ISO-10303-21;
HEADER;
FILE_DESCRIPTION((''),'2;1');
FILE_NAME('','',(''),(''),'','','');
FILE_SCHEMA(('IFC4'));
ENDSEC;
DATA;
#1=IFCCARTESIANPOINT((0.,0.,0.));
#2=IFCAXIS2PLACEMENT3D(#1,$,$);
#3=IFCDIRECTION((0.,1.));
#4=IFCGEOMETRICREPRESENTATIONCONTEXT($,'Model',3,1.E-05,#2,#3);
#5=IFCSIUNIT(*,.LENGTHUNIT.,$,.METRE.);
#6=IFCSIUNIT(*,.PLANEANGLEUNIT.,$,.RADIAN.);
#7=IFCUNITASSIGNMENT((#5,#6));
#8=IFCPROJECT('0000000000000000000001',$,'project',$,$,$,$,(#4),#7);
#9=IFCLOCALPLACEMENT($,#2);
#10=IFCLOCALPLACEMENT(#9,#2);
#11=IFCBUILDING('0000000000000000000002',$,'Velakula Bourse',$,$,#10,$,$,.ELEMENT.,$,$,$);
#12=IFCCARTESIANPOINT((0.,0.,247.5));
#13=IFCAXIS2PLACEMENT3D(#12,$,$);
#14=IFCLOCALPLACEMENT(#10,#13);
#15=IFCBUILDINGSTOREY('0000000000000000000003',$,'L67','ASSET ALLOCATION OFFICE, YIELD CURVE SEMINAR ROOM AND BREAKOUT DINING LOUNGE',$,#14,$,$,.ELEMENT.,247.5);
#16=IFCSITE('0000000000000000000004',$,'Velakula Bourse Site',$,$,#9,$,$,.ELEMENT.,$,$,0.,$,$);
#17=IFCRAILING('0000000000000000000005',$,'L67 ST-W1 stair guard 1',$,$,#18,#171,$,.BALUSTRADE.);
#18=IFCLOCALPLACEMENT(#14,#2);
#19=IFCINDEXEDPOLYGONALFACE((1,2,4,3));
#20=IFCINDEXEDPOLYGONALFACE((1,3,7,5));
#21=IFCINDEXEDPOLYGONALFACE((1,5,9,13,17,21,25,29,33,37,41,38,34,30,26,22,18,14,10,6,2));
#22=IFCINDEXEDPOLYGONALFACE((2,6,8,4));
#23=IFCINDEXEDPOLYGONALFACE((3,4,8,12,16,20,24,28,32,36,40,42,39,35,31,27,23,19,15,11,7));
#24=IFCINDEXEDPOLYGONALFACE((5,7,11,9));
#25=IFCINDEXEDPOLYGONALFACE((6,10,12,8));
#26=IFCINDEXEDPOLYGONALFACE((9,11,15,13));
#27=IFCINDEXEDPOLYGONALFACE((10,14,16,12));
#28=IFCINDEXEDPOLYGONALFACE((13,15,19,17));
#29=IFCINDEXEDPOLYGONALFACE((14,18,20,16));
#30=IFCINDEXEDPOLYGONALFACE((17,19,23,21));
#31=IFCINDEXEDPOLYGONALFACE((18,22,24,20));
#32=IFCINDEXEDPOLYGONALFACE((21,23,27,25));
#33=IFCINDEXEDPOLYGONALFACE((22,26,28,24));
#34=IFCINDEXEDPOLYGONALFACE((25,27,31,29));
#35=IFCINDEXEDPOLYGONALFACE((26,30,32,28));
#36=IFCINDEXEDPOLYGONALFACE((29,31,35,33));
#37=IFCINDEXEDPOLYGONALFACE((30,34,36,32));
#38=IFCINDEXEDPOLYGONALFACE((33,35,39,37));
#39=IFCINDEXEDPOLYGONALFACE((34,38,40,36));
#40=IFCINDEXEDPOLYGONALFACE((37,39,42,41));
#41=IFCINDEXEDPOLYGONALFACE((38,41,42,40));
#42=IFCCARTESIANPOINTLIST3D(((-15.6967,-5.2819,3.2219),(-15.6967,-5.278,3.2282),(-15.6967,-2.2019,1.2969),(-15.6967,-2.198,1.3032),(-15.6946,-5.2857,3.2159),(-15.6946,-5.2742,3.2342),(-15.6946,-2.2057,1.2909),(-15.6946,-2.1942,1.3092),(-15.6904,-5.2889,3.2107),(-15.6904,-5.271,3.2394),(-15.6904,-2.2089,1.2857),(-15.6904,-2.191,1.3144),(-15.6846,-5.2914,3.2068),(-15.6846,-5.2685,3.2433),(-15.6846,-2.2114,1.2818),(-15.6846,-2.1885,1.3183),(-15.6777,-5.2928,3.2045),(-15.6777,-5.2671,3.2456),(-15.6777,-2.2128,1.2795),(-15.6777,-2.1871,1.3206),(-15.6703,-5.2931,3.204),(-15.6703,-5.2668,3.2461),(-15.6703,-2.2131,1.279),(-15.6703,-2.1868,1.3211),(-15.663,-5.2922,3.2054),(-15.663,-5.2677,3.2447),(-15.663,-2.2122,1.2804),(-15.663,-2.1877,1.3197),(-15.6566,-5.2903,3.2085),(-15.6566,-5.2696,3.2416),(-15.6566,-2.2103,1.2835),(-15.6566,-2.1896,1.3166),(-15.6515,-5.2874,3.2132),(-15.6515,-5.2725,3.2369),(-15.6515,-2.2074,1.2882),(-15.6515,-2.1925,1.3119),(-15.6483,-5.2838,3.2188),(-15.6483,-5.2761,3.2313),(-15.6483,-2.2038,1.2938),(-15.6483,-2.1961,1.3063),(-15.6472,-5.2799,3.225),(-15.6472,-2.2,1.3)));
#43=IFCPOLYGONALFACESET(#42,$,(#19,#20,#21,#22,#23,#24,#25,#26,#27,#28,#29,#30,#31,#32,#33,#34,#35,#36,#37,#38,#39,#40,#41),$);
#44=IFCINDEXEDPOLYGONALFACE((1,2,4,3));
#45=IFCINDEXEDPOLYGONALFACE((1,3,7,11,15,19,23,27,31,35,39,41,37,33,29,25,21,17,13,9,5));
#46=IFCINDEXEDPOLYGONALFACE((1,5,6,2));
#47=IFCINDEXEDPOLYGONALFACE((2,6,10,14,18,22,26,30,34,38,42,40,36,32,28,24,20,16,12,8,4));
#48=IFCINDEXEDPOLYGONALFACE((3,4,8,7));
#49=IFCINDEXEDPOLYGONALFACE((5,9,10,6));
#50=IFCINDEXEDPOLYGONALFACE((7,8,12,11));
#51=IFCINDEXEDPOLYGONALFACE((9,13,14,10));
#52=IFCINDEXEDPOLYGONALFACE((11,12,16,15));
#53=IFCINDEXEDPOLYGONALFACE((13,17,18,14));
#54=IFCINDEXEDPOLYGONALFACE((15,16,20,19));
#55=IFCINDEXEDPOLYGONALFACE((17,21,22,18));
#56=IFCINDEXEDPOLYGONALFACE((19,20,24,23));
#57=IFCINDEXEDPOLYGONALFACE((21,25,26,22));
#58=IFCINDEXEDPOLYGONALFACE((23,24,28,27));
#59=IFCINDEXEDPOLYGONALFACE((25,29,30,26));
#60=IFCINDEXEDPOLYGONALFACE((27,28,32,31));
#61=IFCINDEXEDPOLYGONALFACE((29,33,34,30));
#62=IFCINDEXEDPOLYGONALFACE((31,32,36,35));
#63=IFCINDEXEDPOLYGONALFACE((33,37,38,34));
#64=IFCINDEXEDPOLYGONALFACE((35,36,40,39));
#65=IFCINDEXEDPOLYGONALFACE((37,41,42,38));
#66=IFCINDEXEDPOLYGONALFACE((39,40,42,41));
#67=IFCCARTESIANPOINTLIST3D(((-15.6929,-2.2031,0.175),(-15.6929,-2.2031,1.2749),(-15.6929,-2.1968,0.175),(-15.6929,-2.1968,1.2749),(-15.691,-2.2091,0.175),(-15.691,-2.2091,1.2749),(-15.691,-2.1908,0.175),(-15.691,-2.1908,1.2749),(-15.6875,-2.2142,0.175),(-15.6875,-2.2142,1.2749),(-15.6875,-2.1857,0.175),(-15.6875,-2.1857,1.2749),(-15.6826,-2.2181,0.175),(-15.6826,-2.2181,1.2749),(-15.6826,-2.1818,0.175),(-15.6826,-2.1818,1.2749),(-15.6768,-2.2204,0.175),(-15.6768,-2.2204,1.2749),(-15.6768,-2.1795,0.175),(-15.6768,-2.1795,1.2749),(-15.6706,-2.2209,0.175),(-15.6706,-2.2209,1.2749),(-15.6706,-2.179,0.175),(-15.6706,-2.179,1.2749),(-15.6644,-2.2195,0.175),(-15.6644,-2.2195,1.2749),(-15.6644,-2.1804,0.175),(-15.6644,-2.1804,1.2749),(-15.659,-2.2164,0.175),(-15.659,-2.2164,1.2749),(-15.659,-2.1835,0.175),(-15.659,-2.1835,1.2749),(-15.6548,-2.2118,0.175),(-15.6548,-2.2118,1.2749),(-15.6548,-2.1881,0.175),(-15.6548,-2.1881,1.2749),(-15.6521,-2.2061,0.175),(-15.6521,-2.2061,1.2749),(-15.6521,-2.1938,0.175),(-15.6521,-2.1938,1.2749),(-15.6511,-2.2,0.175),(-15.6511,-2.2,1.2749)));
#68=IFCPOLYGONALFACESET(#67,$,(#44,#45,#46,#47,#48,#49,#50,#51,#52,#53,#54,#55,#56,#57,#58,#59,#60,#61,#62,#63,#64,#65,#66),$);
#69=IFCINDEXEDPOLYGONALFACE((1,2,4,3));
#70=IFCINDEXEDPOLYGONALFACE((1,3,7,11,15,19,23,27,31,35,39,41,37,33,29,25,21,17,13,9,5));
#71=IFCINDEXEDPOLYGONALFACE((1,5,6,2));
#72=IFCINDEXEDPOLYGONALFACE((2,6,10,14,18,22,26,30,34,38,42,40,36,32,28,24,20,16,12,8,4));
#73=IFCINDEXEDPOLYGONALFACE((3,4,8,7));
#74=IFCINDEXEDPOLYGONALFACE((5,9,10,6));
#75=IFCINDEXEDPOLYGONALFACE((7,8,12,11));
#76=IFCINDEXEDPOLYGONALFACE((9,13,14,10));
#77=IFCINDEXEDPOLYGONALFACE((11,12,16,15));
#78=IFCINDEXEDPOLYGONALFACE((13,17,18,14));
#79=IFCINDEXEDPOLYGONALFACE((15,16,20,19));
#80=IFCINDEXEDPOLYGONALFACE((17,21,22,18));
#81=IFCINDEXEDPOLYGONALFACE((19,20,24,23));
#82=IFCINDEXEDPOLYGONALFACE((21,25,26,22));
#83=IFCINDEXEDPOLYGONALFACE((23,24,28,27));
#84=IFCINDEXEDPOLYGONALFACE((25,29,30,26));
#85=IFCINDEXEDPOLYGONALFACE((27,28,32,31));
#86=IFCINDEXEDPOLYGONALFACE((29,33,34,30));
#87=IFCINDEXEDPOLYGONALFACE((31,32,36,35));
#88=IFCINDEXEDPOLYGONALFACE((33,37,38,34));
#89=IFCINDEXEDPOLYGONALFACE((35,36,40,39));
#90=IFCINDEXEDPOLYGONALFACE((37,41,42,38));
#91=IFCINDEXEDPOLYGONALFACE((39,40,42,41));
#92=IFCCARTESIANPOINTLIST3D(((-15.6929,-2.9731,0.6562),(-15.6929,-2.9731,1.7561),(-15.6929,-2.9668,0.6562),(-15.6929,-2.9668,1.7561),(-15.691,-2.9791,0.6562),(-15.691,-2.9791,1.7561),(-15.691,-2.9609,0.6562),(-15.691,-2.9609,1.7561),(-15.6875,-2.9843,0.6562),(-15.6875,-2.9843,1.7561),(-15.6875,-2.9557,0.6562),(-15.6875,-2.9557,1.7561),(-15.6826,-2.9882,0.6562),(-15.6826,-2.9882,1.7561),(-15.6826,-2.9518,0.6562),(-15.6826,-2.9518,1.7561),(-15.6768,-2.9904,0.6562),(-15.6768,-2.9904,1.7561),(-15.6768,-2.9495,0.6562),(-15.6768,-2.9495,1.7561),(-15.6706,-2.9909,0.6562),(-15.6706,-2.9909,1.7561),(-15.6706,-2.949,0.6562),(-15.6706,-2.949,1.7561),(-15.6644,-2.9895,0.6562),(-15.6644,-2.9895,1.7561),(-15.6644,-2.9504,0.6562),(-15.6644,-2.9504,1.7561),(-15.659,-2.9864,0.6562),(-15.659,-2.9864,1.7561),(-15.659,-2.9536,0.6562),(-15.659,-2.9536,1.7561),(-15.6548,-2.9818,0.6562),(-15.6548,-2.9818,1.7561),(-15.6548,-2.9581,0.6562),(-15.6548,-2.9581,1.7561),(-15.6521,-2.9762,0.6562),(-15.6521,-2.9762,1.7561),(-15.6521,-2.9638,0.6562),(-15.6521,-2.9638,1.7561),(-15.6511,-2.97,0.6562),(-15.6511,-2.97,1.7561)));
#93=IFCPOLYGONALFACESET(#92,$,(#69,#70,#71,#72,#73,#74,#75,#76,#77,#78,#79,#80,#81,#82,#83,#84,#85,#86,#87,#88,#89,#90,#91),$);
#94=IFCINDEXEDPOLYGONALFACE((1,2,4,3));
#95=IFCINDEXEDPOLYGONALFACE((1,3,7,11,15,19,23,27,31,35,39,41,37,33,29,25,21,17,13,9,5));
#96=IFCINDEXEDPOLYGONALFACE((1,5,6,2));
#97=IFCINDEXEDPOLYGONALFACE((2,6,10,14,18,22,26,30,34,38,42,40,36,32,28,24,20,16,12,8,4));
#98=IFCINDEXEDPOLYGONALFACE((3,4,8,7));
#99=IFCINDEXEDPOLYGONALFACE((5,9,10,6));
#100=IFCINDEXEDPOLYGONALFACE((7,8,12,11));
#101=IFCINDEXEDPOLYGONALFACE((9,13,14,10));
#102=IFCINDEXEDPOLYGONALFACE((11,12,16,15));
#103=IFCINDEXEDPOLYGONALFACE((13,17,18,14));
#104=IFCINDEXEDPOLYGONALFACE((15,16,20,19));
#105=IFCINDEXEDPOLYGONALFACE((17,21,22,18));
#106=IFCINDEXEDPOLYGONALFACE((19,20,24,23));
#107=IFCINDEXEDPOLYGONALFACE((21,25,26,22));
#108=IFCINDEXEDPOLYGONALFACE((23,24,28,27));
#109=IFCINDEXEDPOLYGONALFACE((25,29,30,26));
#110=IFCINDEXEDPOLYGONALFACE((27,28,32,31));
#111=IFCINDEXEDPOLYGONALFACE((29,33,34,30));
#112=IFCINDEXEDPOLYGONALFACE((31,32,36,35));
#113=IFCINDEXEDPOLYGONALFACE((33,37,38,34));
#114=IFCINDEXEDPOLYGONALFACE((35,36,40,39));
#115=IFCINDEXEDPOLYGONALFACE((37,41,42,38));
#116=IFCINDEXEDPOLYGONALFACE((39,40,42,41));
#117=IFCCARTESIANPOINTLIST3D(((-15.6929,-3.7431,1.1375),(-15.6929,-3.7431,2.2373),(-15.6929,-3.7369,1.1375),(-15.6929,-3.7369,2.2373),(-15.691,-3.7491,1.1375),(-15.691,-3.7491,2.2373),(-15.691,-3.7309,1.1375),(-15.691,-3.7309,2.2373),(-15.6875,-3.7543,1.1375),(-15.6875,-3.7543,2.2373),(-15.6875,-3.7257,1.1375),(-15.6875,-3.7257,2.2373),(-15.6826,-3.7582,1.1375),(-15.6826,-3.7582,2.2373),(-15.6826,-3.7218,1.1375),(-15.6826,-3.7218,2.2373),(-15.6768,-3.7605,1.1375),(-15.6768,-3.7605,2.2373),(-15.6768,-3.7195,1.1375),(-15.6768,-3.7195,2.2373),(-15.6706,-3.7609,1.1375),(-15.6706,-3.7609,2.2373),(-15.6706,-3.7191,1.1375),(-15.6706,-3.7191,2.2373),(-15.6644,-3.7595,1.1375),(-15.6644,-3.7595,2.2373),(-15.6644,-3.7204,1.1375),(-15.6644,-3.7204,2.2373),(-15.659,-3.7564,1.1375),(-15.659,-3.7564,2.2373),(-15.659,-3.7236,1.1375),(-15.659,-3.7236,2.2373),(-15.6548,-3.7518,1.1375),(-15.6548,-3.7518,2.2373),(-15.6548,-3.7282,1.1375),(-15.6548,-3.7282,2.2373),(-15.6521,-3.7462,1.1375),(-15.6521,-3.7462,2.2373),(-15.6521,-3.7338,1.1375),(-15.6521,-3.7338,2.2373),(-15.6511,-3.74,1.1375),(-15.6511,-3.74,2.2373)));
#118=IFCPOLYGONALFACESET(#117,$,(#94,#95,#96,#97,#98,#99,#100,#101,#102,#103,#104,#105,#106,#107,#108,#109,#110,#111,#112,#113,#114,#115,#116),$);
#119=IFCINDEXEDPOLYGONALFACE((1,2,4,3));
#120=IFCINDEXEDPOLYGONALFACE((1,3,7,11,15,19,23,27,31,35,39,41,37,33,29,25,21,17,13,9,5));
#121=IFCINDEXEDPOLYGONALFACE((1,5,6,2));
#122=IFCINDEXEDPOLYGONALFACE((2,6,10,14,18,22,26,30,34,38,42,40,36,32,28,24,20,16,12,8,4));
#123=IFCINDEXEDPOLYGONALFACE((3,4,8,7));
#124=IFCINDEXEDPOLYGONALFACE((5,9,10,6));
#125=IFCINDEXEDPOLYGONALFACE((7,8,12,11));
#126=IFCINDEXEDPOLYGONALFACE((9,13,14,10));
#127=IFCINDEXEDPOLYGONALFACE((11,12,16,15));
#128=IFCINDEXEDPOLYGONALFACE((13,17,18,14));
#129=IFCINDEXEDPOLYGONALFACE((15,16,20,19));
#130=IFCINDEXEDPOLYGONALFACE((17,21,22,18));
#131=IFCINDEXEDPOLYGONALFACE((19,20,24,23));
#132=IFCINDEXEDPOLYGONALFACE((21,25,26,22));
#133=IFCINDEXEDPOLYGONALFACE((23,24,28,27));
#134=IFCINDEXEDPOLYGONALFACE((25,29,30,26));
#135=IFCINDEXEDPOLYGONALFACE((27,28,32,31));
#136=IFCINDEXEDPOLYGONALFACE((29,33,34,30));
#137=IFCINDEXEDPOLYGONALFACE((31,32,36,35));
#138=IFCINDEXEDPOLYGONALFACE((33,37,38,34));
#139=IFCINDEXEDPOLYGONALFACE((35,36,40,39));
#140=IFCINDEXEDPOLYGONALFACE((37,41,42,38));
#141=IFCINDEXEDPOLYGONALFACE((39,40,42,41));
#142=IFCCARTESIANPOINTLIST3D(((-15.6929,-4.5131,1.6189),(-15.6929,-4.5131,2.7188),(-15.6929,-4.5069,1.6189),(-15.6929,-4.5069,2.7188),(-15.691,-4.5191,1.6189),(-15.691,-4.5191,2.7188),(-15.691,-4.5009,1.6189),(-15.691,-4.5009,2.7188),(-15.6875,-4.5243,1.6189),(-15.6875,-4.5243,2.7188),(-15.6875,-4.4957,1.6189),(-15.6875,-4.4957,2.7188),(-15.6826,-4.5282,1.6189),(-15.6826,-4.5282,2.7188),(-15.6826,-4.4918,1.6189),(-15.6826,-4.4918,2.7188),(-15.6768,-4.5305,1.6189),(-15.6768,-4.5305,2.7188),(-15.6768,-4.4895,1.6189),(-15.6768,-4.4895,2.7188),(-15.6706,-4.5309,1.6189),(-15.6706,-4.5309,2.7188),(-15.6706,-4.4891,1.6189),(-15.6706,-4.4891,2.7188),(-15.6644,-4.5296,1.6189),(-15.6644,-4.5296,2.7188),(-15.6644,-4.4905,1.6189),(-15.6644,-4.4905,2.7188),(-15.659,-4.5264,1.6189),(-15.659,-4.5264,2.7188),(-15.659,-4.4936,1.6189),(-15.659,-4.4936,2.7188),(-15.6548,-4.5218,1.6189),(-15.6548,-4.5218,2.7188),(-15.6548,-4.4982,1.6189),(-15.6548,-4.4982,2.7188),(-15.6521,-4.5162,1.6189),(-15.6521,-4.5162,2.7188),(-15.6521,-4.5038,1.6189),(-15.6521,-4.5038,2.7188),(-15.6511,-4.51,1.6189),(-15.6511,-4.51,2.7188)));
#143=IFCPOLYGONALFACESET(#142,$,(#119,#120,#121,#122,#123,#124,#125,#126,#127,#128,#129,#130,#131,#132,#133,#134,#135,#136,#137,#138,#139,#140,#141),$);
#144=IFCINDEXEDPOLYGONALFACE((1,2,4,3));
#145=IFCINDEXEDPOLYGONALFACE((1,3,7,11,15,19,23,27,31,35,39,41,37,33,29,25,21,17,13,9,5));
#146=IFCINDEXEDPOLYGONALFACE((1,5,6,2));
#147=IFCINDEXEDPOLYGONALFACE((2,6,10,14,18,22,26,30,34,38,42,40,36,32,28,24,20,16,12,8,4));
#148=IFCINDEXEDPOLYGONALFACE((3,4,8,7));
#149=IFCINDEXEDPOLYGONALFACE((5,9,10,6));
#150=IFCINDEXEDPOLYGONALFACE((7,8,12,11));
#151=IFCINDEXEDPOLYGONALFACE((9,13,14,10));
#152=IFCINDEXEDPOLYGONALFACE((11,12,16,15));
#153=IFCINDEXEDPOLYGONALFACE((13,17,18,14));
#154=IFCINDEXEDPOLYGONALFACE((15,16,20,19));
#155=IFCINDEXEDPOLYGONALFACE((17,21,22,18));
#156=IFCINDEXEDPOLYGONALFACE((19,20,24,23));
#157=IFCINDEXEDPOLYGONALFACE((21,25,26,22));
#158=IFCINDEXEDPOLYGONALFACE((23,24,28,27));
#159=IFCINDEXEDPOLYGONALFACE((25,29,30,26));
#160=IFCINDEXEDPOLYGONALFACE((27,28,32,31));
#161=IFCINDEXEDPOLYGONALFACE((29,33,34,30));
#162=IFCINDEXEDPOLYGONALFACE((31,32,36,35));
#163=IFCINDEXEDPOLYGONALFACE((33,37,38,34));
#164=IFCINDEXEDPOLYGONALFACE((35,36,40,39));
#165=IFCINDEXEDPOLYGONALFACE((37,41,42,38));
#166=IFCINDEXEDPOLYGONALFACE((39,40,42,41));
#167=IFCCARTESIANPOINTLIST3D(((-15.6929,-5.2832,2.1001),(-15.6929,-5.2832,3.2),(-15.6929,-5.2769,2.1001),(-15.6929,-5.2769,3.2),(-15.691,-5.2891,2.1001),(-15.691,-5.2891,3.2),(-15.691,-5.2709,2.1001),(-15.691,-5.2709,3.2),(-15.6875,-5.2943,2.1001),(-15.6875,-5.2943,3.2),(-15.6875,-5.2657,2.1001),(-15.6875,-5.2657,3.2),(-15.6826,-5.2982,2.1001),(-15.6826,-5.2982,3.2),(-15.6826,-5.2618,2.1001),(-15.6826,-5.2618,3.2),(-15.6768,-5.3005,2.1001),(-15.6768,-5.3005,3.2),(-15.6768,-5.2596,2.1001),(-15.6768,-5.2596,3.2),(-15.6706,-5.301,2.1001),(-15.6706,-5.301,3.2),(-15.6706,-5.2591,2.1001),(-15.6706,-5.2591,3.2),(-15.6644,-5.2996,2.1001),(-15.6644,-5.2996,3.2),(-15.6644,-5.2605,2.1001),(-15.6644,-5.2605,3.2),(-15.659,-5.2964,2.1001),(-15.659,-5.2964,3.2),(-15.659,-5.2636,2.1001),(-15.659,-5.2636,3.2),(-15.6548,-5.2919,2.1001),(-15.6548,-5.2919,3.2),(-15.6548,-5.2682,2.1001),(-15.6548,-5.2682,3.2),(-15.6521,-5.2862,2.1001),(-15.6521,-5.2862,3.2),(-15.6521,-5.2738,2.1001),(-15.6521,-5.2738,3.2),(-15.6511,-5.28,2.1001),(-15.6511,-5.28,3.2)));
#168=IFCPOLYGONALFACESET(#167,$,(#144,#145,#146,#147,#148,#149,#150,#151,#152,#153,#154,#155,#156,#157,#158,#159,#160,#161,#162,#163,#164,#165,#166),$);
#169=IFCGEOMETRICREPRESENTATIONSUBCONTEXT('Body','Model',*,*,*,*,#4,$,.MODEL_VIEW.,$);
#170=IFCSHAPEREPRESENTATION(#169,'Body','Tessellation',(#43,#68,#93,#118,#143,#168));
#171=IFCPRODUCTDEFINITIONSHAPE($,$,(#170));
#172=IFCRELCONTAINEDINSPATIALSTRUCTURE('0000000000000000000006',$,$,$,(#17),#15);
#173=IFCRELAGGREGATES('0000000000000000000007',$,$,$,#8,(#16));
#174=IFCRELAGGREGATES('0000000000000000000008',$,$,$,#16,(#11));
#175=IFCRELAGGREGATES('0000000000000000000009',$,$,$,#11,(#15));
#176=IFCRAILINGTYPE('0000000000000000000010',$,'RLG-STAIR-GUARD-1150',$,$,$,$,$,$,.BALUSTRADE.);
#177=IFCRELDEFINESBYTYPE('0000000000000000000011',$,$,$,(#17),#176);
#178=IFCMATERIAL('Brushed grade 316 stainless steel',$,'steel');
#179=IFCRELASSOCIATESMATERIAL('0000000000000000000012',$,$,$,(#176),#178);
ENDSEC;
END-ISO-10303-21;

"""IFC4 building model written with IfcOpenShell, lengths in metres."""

from ifc_helpers import new_model, si_unit, direction, frame, origin, origin_2d, place, context, subcontext, project, spatial, circle, extrude, material, type_object, element, save


model = new_model("IFC4")

# Units and contexts
model_context = context("Model", 3, precision=1e-05, world=origin(), true_north=direction((0.0, 1.0)))
body_context = subcontext(model_context, "Body", "Model", "MODEL_VIEW")
ifc_project = project(units=[si_unit("LENGTHUNIT", "METRE"), si_unit("PLANEANGLEUNIT", "RADIAN")], contexts=[model_context])

# Site, building, storey
site_placement = place(None, origin())
site = spatial("IfcSite", under=ifc_project, at=site_placement, Name="Velakula Bourse Site", CompositionType="ELEMENT", RefElevation=0.0)
building_placement = place(site_placement, origin())
building = spatial("IfcBuilding", under=site, at=building_placement, Name="Velakula Bourse", CompositionType="ELEMENT")
storey_placement = place(building_placement, frame((0.0, 0.0, 247.5)))
storey = spatial("IfcBuildingStorey", under=building, at=storey_placement, Name="L67", Description="ASSET ALLOCATION OFFICE, YIELD CURVE SEMINAR ROOM AND BREAKOUT DINING LOUNGE", CompositionType="ELEMENT", Elevation=247.5)

# Shared definitions
ifc_material_1 = material(Name="Brushed grade 316 stainless steel", Category="steel")

# Railing
railing_type_1 = type_object("IfcRailingType", Name="RLG-STAIR-GUARD-1150", PredefinedType="BALUSTRADE", material=ifc_material_1)
railing_1_placement = place(storey_placement, frame((-15.6721, -2.2, 0.175)))
element("IfcRailing", 1, at=railing_1_placement, inside=storey, type_object=railing_type_1, Name="L67 ST-W1 stair guard 1", PredefinedType="BALUSTRADE", context=body_context, shape_type="SweptSolid", body=[
    extrude(circle(Radius=0.0249, at=origin_2d()), frame((0.0, 0.0, 1.125), z_axis=(0.0, -0.847998, 0.529999), x_axis=(1.0, 0.0, 0.0)), (0.0, 0.0, 1.0), 3.6321),
    extrude(circle(Radius=0.021, at=origin_2d()), origin(), (0.0, 0.0, 1.0), 1.0999),
    extrude(circle(Radius=0.021, at=origin_2d()), frame((0.0, -0.77, 0.4812)), (0.0, 0.0, 1.0), 1.0999),
    extrude(circle(Radius=0.021, at=origin_2d()), frame((0.0, -1.54, 0.9624)), (0.0, 0.0, 1.0), 1.0999),
    extrude(circle(Radius=0.021, at=origin_2d()), frame((0.0, -2.3101, 1.4438)), (0.0, 0.0, 1.0), 1.0999),
    extrude(circle(Radius=0.021, at=origin_2d()), frame((0.0, -3.0801, 1.925)), (0.0, 0.0, 1.0), 1.0999),
])

save(model, "model.ifc")
